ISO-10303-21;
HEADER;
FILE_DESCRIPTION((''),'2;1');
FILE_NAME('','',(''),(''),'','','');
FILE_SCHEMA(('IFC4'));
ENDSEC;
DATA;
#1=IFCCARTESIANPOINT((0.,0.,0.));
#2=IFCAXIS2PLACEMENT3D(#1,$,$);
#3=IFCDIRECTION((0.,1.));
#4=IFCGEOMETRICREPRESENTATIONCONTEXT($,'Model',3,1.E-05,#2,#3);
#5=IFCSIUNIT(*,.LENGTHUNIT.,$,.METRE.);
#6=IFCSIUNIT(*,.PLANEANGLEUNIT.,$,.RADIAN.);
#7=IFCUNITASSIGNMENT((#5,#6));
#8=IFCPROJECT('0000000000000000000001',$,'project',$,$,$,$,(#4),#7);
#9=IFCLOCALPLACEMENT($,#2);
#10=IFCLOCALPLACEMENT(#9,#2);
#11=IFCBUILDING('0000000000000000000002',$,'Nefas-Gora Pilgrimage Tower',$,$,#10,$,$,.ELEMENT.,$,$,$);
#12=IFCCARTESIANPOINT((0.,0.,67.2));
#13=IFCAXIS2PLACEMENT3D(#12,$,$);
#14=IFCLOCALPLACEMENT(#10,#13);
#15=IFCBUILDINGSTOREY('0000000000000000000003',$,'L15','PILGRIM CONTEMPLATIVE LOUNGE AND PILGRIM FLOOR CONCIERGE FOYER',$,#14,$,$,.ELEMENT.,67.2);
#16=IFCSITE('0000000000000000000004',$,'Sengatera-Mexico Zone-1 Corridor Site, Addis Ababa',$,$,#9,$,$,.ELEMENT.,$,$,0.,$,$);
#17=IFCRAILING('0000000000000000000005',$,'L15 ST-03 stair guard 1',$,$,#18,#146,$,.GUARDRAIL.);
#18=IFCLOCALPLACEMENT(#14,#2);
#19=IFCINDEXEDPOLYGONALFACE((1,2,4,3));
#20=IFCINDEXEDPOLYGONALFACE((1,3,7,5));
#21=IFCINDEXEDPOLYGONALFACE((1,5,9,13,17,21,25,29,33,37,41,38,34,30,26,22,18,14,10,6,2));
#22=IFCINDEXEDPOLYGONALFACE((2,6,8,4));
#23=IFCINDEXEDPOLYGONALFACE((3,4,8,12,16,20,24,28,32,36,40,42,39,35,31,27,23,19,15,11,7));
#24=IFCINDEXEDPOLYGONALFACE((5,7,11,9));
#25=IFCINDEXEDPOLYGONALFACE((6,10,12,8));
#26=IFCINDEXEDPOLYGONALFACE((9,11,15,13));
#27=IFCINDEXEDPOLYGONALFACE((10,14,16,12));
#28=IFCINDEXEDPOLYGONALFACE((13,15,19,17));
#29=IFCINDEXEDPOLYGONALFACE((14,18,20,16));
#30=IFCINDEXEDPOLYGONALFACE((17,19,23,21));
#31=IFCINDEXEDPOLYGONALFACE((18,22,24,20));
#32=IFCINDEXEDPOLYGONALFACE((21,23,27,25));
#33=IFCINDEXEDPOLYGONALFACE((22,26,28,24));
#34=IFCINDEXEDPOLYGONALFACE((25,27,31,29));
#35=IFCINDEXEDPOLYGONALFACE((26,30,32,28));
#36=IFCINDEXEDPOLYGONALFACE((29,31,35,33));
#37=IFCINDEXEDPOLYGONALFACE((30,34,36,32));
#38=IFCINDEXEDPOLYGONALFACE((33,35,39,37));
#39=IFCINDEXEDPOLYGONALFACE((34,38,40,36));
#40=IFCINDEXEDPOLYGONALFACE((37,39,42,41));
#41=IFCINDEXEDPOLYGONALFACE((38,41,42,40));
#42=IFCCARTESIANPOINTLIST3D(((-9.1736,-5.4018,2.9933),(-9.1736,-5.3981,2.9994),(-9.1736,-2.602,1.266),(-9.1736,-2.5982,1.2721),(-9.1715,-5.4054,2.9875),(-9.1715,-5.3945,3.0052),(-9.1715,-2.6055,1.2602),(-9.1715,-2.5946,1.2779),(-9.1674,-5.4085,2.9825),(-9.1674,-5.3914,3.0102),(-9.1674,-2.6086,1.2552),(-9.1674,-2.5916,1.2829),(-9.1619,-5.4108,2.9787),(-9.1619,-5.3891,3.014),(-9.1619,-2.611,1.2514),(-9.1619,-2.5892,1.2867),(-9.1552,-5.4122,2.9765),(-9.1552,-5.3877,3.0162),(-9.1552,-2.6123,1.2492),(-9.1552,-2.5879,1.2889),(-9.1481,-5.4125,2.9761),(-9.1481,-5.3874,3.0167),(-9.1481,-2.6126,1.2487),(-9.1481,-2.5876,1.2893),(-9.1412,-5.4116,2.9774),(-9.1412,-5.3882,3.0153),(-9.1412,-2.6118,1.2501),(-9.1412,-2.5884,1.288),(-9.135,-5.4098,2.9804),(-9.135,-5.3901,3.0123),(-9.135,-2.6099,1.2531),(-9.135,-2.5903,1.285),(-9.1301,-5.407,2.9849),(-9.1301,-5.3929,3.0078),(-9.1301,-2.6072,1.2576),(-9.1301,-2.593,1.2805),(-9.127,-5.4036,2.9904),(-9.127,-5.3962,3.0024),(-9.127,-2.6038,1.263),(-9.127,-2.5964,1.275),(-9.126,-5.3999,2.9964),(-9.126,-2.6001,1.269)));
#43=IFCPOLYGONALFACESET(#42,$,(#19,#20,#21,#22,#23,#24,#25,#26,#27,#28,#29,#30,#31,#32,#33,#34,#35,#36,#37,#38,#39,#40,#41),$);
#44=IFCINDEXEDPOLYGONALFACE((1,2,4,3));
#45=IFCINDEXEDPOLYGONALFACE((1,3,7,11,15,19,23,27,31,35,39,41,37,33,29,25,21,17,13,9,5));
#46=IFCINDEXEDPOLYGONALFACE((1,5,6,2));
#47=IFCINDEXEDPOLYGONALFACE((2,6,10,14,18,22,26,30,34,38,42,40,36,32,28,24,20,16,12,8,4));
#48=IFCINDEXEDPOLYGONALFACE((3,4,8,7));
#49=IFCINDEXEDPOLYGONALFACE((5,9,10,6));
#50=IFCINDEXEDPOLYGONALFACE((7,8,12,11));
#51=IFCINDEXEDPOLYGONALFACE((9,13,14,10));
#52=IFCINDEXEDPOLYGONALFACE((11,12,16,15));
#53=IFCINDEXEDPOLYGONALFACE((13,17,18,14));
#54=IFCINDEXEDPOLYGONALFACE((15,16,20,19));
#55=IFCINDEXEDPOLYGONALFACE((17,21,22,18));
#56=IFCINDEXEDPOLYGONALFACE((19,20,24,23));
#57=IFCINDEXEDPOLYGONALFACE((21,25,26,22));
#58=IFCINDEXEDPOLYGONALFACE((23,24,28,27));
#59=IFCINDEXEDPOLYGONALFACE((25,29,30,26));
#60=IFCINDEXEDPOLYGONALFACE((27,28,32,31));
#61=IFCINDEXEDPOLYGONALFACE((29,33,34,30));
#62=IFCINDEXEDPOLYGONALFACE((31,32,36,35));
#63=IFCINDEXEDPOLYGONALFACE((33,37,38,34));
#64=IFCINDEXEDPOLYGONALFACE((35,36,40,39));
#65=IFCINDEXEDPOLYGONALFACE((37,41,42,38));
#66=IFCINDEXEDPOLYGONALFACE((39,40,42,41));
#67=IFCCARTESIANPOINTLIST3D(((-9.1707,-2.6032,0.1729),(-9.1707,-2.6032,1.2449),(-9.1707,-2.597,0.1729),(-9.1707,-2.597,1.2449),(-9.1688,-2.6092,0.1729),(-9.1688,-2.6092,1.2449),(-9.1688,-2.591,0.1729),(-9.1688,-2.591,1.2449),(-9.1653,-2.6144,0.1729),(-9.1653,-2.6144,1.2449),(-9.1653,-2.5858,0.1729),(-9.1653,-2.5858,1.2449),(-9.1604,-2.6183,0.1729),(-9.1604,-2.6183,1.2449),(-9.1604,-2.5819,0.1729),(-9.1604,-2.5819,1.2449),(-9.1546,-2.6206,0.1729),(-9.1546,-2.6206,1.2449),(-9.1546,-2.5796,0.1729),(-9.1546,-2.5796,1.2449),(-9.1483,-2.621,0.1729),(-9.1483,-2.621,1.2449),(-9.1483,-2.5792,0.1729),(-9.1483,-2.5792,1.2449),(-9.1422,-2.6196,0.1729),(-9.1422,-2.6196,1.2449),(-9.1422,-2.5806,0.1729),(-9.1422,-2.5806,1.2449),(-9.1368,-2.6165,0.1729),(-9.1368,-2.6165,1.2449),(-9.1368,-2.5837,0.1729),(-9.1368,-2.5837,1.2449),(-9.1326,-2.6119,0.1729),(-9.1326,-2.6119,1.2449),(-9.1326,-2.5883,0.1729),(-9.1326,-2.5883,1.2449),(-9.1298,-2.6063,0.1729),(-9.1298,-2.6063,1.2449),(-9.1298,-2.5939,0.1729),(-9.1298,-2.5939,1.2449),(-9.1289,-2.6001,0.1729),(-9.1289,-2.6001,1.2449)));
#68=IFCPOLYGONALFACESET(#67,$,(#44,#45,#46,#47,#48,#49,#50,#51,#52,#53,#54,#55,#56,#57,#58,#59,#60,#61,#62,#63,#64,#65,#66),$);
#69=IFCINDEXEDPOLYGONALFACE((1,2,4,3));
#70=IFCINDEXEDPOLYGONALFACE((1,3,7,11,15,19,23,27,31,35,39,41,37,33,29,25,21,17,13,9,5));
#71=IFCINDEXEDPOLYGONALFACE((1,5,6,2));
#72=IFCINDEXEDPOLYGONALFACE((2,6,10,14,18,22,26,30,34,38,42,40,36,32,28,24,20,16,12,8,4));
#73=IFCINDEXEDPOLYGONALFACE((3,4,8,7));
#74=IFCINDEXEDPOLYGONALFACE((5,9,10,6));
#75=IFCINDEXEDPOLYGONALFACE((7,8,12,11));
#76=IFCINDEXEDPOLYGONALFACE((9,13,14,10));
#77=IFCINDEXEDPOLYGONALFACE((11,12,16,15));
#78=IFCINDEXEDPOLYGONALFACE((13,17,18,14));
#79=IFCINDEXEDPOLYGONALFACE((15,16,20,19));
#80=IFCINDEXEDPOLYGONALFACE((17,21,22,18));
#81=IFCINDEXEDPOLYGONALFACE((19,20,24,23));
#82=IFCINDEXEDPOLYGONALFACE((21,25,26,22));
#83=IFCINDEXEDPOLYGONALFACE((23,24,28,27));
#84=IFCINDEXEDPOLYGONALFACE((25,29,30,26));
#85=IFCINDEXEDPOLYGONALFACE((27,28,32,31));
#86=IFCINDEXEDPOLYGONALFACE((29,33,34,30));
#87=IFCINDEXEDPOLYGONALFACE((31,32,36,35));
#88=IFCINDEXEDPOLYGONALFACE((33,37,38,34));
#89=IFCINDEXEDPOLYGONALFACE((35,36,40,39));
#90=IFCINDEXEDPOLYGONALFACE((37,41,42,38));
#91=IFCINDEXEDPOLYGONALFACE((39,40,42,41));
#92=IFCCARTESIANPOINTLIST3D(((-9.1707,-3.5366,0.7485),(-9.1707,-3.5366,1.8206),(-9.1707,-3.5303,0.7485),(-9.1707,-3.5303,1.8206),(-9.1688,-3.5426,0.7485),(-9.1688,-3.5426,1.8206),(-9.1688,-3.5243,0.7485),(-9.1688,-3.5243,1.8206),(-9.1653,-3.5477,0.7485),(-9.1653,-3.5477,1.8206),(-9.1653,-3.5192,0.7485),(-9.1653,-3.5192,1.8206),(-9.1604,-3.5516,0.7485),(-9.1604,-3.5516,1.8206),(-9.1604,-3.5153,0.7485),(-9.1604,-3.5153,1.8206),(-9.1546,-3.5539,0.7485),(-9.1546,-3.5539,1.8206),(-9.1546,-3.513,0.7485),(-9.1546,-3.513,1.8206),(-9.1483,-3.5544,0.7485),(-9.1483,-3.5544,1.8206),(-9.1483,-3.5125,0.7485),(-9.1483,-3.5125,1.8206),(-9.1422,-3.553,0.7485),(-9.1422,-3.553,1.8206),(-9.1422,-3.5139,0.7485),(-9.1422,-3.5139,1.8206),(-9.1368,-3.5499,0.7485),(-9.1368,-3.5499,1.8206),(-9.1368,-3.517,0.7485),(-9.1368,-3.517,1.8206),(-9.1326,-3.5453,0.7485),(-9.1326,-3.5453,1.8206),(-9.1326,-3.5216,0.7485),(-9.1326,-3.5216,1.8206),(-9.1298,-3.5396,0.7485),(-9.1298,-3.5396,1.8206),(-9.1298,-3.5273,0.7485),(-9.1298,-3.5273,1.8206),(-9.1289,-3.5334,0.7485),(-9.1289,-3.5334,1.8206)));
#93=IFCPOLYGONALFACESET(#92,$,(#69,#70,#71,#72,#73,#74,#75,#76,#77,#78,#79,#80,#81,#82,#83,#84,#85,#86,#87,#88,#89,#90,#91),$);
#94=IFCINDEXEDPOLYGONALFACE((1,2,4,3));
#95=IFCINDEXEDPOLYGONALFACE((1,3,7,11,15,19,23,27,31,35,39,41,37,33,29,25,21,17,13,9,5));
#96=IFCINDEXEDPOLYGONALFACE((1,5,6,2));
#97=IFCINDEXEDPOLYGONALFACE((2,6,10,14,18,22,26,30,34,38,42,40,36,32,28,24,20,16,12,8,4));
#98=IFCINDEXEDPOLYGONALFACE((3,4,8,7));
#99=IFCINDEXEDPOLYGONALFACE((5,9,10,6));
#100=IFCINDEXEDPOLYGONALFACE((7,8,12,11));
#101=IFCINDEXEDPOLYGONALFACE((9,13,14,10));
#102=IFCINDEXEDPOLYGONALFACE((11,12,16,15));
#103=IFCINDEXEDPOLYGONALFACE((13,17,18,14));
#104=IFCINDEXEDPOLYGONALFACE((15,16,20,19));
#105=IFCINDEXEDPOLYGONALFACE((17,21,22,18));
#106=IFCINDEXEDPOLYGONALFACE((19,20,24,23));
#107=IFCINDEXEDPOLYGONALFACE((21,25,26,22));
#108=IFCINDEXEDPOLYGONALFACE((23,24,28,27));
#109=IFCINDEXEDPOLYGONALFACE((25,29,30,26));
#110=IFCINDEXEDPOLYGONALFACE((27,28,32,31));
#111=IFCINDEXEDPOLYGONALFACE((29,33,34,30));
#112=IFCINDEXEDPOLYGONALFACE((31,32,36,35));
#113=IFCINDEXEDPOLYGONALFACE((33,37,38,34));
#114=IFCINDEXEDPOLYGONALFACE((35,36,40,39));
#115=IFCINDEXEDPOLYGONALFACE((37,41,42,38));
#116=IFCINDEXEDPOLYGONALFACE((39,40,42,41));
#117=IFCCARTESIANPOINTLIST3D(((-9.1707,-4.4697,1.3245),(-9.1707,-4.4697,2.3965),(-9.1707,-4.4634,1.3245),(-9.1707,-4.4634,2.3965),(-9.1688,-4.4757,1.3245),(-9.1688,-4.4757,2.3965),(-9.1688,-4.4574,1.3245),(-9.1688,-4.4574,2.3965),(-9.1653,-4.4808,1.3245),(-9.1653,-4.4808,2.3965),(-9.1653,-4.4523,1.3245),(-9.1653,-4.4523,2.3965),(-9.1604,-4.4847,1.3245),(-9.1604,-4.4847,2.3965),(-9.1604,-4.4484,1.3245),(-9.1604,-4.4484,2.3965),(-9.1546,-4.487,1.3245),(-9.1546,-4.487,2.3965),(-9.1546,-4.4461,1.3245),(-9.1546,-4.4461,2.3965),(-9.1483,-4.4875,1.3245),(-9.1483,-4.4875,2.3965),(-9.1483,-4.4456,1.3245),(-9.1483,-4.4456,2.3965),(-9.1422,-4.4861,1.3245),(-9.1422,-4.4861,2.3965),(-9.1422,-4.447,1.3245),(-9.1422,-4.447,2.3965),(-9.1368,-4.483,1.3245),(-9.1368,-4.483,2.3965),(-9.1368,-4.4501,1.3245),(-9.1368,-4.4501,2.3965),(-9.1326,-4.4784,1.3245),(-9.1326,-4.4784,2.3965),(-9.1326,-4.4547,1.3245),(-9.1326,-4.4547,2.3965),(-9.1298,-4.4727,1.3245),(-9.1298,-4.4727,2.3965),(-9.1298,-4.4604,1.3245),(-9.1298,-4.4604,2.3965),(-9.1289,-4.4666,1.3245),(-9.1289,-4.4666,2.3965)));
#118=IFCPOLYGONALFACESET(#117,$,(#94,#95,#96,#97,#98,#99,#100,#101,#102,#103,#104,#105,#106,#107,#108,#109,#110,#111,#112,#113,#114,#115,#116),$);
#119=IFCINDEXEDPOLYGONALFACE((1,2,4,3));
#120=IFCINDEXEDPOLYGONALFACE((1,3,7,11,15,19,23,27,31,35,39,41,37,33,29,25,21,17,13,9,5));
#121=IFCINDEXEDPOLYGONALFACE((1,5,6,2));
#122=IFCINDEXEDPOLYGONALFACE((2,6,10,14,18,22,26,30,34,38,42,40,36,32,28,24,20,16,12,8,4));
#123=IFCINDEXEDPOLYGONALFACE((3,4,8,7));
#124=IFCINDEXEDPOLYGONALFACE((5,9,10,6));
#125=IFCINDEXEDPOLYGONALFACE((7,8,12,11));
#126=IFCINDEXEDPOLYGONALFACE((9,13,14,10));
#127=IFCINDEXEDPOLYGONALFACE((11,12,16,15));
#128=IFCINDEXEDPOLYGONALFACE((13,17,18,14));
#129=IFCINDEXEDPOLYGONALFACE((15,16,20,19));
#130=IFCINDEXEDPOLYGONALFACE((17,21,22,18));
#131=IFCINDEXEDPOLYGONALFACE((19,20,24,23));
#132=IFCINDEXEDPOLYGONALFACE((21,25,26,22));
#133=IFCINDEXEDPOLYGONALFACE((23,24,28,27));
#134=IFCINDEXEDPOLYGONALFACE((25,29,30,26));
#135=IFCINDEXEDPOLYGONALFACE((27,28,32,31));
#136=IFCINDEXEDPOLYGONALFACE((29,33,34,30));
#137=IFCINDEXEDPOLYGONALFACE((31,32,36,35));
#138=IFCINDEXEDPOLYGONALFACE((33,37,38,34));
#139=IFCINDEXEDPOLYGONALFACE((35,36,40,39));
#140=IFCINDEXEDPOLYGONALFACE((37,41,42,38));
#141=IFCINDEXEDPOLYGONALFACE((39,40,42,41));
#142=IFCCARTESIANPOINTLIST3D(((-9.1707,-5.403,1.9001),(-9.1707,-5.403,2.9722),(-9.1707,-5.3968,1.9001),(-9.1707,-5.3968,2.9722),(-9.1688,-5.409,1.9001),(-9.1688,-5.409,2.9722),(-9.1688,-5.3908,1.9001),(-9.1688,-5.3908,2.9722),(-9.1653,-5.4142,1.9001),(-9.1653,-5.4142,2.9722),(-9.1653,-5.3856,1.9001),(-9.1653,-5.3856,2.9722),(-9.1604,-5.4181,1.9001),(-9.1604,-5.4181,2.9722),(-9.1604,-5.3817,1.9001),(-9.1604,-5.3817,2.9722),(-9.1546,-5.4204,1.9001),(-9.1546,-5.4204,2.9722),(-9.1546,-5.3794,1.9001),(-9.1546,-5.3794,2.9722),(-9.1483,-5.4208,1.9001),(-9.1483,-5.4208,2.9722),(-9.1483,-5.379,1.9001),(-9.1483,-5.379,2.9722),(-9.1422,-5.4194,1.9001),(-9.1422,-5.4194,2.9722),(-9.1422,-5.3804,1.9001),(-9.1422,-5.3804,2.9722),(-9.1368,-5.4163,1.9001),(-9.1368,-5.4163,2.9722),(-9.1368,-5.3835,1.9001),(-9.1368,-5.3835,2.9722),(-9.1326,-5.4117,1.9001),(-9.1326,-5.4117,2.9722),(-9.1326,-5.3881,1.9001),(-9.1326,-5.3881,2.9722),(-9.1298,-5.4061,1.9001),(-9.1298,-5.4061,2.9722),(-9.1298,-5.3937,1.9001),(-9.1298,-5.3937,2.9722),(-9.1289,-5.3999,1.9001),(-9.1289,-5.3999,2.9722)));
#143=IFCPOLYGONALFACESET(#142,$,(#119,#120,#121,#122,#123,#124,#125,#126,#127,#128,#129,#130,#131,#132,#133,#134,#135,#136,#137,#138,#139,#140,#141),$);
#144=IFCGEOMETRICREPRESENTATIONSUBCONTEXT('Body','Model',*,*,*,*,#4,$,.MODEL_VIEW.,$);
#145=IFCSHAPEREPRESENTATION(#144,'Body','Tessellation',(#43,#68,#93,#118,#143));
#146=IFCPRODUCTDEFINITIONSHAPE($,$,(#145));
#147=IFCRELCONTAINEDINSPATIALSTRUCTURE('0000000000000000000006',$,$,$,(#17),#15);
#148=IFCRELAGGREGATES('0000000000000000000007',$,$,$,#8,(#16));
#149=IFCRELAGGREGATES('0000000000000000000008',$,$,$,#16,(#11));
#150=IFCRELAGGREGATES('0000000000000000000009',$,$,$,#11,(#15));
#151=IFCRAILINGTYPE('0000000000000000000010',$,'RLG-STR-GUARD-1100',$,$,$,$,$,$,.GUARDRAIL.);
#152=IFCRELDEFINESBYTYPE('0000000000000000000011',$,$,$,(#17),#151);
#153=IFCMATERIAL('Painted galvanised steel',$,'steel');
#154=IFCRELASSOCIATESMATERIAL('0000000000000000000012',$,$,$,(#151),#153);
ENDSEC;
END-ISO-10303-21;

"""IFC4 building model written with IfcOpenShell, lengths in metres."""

from ifc_helpers import new_model, si_unit, direction, frame, origin, origin_2d, place, context, subcontext, project, spatial, circle, extrude, material, type_object, element, save


model = new_model("IFC4")

# Units and contexts
model_context = context("Model", 3, precision=1e-05, world=origin(), true_north=direction((0.0, 1.0)))
body_context = subcontext(model_context, "Body", "Model", "MODEL_VIEW")
ifc_project = project(units=[si_unit("LENGTHUNIT", "METRE"), si_unit("PLANEANGLEUNIT", "RADIAN")], contexts=[model_context])

# Site, building, storey
site_placement = place(None, origin())
site = spatial("IfcSite", under=ifc_project, at=site_placement, Name="Sengatera-Mexico Zone-1 Corridor Site, Addis Ababa", CompositionType="ELEMENT", RefElevation=0.0)
building_placement = place(site_placement, origin())
building = spatial("IfcBuilding", under=site, at=building_placement, Name="Nefas-Gora Pilgrimage Tower", CompositionType="ELEMENT")
storey_placement = place(building_placement, frame((0.0, 0.0, 67.2)))
storey = spatial("IfcBuildingStorey", under=building, at=storey_placement, Name="L15", Description="PILGRIM CONTEMPLATIVE LOUNGE AND PILGRIM FLOOR CONCIERGE FOYER", CompositionType="ELEMENT", Elevation=67.2)

# Railing
ifc_material_1 = material(Name="Painted galvanised steel", Category="steel")
railing_type_1 = type_object("IfcRailingType", Name="RLG-STR-GUARD-1100", PredefinedType="GUARDRAIL", material=ifc_material_1)
railing_1_placement = place(storey_placement, frame((-9.1499, -2.6001, 0.1729)))
element("IfcRailing", 1, at=railing_1_placement, inside=storey, type_object=railing_type_1, Name="L15 ST-03 stair guard 1", PredefinedType="GUARDRAIL", context=body_context, shape_type="SweptSolid", body=[
    extrude(circle(Radius=0.0239, at=origin_2d()), frame((0.0, 0.0, 1.0962), z_axis=(0.0, -0.851069, 0.525054), x_axis=(1.0, 0.0, 0.0)), (0.0, 0.0, 1.0), 3.2898),
    extrude(circle(Radius=0.021, at=origin_2d()), origin(), (0.0, 0.0, 1.0), 1.072),
    extrude(circle(Radius=0.021, at=origin_2d()), frame((0.0, -0.9333, 0.5757)), (0.0, 0.0, 1.0), 1.072),
    extrude(circle(Radius=0.021, at=origin_2d()), frame((0.0, -1.8665, 1.1516)), (0.0, 0.0, 1.0), 1.072),
    extrude(circle(Radius=0.021, at=origin_2d()), frame((0.0, -2.7998, 1.7273)), (0.0, 0.0, 1.0), 1.072),
])

save(model, "model.ifc")
